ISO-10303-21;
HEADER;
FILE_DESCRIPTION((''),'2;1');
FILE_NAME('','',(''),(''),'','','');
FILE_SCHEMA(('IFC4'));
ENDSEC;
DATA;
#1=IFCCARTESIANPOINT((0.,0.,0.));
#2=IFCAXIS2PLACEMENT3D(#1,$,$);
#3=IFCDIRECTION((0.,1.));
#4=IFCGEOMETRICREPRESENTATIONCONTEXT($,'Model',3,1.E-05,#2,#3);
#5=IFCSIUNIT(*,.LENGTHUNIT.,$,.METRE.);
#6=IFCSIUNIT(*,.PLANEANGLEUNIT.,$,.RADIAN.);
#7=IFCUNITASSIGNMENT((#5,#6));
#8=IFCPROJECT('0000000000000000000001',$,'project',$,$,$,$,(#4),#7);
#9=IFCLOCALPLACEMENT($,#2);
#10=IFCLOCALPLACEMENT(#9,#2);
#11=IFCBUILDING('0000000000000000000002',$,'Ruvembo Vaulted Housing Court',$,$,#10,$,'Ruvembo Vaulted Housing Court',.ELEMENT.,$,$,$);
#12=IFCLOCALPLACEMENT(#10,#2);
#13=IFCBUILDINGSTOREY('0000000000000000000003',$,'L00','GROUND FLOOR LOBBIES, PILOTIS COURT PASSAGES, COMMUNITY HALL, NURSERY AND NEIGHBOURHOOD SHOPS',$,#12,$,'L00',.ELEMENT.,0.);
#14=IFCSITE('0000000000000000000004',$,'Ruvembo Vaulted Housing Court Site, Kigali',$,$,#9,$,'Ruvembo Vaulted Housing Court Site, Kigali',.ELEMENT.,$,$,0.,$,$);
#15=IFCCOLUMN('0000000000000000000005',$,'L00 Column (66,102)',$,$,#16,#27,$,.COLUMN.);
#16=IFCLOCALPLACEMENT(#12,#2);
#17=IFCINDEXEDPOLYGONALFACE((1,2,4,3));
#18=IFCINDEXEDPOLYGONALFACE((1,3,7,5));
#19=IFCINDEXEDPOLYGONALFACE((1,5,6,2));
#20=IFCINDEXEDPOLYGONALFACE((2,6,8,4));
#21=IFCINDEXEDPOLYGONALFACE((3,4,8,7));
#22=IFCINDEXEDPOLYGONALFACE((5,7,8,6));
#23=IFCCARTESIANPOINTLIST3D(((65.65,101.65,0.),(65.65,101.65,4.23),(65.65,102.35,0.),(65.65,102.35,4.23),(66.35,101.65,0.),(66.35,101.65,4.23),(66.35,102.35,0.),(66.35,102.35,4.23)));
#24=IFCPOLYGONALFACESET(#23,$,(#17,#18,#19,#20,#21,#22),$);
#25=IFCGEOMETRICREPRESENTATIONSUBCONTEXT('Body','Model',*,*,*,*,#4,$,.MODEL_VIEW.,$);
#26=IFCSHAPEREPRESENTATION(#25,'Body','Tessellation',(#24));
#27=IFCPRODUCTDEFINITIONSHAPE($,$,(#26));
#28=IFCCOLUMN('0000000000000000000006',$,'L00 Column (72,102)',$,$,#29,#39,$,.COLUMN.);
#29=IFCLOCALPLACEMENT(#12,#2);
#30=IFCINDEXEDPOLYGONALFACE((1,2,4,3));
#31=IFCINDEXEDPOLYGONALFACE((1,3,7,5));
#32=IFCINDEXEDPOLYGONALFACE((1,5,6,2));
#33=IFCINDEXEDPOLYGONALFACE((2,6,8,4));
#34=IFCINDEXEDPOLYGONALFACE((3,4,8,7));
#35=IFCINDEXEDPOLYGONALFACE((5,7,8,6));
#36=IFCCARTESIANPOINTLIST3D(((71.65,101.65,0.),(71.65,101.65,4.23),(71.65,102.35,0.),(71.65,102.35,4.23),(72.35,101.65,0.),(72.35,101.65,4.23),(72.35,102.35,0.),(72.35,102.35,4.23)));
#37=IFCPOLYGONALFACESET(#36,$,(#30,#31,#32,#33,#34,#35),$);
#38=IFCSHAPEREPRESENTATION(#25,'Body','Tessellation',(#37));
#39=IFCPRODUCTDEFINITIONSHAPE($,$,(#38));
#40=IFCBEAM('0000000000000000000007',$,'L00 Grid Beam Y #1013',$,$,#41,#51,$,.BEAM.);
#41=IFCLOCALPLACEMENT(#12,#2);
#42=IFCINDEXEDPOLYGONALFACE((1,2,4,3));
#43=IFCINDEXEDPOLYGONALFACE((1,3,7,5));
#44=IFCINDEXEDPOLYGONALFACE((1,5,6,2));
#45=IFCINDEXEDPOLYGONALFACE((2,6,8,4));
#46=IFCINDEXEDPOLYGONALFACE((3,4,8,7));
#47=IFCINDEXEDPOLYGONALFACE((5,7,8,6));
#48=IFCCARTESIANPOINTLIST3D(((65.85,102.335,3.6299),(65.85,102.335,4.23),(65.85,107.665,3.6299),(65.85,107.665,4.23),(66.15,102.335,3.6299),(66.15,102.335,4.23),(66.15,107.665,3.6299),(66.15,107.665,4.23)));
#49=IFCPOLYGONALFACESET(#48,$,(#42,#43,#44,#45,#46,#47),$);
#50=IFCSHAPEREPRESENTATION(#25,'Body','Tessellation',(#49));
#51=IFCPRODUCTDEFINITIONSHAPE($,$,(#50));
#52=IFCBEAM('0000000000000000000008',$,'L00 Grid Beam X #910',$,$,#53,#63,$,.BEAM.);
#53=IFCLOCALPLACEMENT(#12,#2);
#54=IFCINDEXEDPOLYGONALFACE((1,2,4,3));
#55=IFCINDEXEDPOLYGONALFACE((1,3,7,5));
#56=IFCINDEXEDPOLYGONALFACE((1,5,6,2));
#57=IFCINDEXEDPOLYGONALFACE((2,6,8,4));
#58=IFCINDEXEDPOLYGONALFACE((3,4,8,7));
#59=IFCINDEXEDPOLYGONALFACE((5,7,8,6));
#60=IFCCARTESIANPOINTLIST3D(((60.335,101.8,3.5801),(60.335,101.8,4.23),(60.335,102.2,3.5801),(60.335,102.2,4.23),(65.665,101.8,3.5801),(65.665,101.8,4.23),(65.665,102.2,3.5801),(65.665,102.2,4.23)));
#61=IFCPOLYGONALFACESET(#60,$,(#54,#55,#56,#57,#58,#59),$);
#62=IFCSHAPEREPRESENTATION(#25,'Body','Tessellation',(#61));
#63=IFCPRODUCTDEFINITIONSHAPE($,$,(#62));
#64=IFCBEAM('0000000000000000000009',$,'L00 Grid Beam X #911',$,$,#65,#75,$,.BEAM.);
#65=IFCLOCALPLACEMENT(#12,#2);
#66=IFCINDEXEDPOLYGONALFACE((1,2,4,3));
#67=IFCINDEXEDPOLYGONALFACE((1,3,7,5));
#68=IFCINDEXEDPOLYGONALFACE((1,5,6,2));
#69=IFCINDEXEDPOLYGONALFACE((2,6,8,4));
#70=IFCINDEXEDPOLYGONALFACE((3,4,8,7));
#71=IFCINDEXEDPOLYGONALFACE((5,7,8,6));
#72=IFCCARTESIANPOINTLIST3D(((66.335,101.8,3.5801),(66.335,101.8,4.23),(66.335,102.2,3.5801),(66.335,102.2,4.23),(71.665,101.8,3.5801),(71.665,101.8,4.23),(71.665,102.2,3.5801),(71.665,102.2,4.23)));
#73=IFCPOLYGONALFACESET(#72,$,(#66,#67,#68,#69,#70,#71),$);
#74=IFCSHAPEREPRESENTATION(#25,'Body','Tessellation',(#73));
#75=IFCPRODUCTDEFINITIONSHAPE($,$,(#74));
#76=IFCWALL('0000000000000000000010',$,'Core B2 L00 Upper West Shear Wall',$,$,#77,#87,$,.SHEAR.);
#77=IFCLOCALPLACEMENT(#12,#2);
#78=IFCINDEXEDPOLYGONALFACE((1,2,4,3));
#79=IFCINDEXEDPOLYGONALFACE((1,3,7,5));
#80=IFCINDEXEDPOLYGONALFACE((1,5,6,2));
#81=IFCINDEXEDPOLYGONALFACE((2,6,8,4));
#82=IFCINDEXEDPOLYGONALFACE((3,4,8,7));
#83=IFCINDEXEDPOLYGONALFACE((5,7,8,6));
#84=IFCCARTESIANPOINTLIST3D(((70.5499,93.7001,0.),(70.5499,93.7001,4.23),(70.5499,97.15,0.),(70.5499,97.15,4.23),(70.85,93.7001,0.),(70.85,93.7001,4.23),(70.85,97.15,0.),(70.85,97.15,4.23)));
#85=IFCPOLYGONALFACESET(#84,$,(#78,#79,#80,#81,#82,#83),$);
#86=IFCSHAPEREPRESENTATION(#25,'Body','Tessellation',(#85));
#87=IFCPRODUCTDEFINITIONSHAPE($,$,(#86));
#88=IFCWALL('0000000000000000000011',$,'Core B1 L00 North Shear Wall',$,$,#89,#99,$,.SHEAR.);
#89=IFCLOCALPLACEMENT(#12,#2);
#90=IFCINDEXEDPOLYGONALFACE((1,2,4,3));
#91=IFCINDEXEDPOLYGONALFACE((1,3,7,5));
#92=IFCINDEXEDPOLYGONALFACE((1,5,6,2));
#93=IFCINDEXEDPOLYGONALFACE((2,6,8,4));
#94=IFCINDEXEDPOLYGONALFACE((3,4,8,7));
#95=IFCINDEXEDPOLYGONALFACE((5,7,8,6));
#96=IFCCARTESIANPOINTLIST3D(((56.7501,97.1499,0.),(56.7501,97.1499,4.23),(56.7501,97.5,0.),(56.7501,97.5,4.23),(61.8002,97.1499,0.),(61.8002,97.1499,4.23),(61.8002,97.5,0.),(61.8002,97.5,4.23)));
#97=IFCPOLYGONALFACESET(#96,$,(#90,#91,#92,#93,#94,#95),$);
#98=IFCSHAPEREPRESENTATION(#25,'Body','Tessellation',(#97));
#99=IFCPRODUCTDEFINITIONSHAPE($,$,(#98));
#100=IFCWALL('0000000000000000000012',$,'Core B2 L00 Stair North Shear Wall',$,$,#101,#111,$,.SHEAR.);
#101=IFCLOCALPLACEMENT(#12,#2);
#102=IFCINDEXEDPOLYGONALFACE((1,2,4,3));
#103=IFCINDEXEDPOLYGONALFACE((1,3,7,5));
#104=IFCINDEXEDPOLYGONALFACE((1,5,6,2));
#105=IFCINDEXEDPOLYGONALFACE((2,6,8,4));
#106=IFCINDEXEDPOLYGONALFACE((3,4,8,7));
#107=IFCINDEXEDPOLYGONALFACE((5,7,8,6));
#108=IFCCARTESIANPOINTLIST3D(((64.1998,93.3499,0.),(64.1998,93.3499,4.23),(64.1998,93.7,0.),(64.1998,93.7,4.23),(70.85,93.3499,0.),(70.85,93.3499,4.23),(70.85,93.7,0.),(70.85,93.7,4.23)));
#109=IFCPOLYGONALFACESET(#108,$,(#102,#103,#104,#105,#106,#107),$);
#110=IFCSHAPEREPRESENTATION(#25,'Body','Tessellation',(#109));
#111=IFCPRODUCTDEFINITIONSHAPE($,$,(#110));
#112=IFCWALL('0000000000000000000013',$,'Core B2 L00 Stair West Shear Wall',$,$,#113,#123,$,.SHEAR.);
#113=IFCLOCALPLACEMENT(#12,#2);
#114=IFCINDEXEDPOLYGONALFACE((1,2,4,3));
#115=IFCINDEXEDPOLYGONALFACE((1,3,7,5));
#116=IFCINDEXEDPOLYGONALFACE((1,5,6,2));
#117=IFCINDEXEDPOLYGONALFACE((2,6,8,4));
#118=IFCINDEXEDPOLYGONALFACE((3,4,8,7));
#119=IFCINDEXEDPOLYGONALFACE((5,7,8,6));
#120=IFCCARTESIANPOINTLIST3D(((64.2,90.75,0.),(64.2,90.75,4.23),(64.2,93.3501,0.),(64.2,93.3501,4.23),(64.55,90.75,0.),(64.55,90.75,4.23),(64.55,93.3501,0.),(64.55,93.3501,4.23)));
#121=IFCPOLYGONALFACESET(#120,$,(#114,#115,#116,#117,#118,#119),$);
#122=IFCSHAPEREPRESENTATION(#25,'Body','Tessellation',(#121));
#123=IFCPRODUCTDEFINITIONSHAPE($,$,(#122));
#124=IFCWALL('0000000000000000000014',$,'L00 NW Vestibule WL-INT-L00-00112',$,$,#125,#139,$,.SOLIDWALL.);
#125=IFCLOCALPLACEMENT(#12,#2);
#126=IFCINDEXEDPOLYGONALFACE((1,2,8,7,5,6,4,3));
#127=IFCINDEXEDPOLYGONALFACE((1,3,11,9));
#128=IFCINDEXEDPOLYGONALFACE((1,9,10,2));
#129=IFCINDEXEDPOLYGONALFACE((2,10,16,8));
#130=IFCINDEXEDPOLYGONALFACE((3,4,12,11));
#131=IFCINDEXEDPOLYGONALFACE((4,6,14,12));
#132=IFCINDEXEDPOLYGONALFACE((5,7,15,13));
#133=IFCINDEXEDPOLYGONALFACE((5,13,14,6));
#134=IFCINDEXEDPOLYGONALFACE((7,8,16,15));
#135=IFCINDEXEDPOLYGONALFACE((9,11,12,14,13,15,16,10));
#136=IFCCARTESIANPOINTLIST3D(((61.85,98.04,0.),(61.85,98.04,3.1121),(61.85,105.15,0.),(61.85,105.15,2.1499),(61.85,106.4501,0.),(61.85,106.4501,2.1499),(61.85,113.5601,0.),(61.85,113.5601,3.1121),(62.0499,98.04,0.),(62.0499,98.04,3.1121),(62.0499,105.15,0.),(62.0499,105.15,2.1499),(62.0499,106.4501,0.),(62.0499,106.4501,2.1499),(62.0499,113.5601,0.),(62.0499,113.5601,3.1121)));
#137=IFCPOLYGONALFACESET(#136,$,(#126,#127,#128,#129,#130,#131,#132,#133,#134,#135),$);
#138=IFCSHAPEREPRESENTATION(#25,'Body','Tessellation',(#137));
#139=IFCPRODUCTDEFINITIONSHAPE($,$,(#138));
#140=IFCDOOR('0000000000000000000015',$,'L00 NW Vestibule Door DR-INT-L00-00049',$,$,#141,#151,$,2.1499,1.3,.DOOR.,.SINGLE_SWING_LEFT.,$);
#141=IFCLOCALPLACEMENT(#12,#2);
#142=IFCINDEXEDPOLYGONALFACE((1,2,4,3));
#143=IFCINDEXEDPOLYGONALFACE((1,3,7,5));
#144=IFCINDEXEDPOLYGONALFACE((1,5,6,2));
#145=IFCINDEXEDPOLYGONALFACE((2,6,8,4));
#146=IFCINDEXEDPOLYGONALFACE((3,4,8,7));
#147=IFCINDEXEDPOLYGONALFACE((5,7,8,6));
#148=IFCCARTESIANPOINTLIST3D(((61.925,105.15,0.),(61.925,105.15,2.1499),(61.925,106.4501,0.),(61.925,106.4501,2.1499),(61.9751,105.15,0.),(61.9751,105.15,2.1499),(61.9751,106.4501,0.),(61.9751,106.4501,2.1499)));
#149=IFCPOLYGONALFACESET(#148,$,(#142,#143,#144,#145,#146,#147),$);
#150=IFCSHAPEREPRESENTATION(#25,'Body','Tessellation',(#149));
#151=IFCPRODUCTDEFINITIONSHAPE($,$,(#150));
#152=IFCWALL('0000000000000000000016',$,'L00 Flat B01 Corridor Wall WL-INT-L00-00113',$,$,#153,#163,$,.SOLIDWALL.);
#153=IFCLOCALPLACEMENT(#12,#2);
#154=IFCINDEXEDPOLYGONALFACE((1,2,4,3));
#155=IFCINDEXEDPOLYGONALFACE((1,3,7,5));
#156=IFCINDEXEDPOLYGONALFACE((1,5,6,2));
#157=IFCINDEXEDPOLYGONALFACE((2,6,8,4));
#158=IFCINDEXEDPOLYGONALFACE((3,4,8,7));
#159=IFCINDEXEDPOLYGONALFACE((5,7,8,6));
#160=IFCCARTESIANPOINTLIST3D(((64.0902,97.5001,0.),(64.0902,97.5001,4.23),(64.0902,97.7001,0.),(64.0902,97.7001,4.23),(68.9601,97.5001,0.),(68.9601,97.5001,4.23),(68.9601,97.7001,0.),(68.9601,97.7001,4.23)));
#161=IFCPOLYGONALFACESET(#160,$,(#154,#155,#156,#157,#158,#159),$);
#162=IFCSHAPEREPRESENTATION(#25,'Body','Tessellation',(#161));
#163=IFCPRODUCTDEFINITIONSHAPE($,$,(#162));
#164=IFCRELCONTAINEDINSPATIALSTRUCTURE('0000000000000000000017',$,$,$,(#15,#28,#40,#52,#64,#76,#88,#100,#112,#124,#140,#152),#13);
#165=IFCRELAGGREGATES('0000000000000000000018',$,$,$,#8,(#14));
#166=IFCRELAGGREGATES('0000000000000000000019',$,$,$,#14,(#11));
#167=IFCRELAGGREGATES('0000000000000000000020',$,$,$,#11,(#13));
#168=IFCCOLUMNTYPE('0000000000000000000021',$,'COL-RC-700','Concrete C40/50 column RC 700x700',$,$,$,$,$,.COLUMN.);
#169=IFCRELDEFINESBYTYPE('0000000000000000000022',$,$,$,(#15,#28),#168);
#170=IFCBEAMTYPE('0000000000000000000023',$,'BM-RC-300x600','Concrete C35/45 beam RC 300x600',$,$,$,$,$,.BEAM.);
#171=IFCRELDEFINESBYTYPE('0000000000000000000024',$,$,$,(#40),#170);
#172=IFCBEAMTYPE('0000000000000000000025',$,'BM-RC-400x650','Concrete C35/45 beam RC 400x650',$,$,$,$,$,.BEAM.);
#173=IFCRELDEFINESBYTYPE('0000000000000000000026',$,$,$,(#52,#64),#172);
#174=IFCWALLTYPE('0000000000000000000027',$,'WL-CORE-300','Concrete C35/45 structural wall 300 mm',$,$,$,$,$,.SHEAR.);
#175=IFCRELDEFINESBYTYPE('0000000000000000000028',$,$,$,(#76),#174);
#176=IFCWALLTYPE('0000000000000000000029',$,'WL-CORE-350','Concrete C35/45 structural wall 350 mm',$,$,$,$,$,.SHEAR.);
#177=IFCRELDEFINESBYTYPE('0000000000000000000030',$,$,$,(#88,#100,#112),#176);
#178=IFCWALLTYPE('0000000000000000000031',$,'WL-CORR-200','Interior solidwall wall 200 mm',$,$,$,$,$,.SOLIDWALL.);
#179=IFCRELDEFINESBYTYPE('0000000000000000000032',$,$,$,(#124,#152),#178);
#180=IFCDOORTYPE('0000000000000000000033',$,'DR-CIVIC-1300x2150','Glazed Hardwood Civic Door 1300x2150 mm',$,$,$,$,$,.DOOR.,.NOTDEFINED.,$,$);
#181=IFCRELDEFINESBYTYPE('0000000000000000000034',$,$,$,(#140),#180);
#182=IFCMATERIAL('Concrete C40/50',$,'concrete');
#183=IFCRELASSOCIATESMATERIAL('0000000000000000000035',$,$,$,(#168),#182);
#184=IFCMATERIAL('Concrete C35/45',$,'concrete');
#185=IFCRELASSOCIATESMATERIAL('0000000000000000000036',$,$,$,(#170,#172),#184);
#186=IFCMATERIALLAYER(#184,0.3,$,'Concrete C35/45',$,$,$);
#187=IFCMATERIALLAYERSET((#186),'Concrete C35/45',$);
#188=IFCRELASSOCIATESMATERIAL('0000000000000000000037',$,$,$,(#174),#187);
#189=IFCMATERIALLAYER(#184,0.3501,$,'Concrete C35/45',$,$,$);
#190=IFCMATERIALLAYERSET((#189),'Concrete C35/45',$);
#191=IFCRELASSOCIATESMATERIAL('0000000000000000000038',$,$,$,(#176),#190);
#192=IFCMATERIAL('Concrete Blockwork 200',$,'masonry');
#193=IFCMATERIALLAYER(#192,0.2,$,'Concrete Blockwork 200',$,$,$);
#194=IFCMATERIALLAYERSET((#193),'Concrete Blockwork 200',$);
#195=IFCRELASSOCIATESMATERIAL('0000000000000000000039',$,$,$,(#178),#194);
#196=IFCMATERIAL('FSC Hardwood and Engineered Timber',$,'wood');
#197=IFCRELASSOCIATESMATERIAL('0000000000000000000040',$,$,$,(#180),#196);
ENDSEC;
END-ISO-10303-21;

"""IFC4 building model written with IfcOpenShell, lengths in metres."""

from ifc_helpers import new_model, si_unit, direction, frame, frame_2d, origin, origin_2d, place, context, subcontext, project, spatial, rectangle, extrude, material, layer, layer_set, material_profile, profile_set, type_object, element, fill, save


model = new_model("IFC4")

# Units and contexts
model_context = context("Model", 3, precision=1e-05, world=origin(), true_north=direction((0.0, 1.0)))
body_context = subcontext(model_context, "Body", "Model", "MODEL_VIEW")
ifc_project = project(units=[si_unit("LENGTHUNIT", "METRE"), si_unit("PLANEANGLEUNIT", "RADIAN")], contexts=[model_context])

# Site, building, storey
site_placement = place(None, origin())
site = spatial("IfcSite", under=ifc_project, at=site_placement, Name="Ruvembo Vaulted Housing Court Site, Kigali", LongName="Ruvembo Vaulted Housing Court Site, Kigali", CompositionType="ELEMENT", RefElevation=0.0)
building_placement = place(site_placement, origin())
building = spatial("IfcBuilding", under=site, at=building_placement, Name="Ruvembo Vaulted Housing Court", LongName="Ruvembo Vaulted Housing Court", CompositionType="ELEMENT")
storey_placement = place(building_placement, origin())
storey = spatial("IfcBuildingStorey", under=building, at=storey_placement, Name="L00", Description="GROUND FLOOR LOBBIES, PILOTIS COURT PASSAGES, COMMUNITY HALL, NURSERY AND NEIGHBOURHOOD SHOPS", LongName="L00", CompositionType="ELEMENT", Elevation=0.0)

# Columns
ifc_material_1 = material(Name="Concrete C40/50", Category="concrete")
ifc_material_profile_1 = material_profile(ifc_material_1, rectangle(XDim=0.7, YDim=0.7, at=origin_2d()), Name="RC 700x700")
ifc_profile_set_1 = profile_set([ifc_material_profile_1], Name="Concrete C40/50")
column_type = type_object("IfcColumnType", Name="COL-RC-700", Description="Concrete C40/50 column RC 700x700", PredefinedType="COLUMN", material=ifc_profile_set_1)
for number, where, z_axis, x_axis, name in (
    (1, (66.0, 102.0, 0.0), (0.0, 0.0, 1.0), (1.0, 0.0, 0.0), "L00 Column (66,102)"),
    (2, (72.0, 102.0, 0.0), (0.0, 0.0, 1.0), (1.0, 0.0, 0.0), "L00 Column (72,102)"),
):
    element("IfcColumn", number, at=place(storey_placement, frame(where, z_axis=z_axis, x_axis=x_axis)), inside=storey, type_object=column_type, Name=name, PredefinedType="COLUMN", context=body_context, shape_type="SweptSolid", body=[
        extrude(rectangle(XDim=0.7, YDim=0.7, at=origin_2d()), origin(), (0.0, 0.0, 1.0), 4.23),
    ])

# Beams
ifc_material_2 = material(Name="Concrete C35/45", Category="concrete")
ifc_material_profile_2 = material_profile(ifc_material_2, rectangle(XDim=0.3, YDim=0.6001, at=origin_2d()), Name="RC 300x600")
ifc_profile_set_2 = profile_set([ifc_material_profile_2], Name="Concrete C35/45")
beam_type_1 = type_object("IfcBeamType", Name="BM-RC-300x600", Description="Concrete C35/45 beam RC 300x600", PredefinedType="BEAM", material=ifc_profile_set_2)
beam_placement = place(storey_placement, frame((66.0, 102.335, 3.9299), z_axis=(0.0, 1.0, 0.0), x_axis=(-1.0, 0.0, 0.0)))
element("IfcBeam", 3, at=beam_placement, inside=storey, type_object=beam_type_1, Name="L00 Grid Beam Y #1013", PredefinedType="BEAM", context=body_context, shape_type="SweptSolid", body=[
    extrude(rectangle(XDim=0.3, YDim=0.6001, at=origin_2d()), origin(), (0.0, 0.0, 1.0), 5.3301),
])
ifc_material_profile_3 = material_profile(ifc_material_2, rectangle(XDim=0.3999, YDim=0.6499, at=origin_2d()), Name="RC 400x650")
ifc_profile_set_3 = profile_set([ifc_material_profile_3], Name="Concrete C35/45")
beam_type_2 = type_object("IfcBeamType", Name="BM-RC-400x650", Description="Concrete C35/45 beam RC 400x650", PredefinedType="BEAM", material=ifc_profile_set_3)
for number, where, z_axis, x_axis, name in (
    (4, (60.335, 102.0, 3.905), (1.0, 0.0, 0.0), (0.0, 1.0, 0.0), "L00 Grid Beam X #910"),
    (5, (66.335, 102.0, 3.905), (1.0, 0.0, 0.0), (0.0, 1.0, 0.0), "L00 Grid Beam X #911"),
):
    element("IfcBeam", number, at=place(storey_placement, frame(where, z_axis=z_axis, x_axis=x_axis)), inside=storey, type_object=beam_type_2, Name=name, PredefinedType="BEAM", context=body_context, shape_type="SweptSolid", body=[
        extrude(rectangle(XDim=0.3999, YDim=0.6499, at=origin_2d()), origin(), (0.0, 0.0, 1.0), 5.3301),
    ])

# Walls
ifc_layer_1 = layer(ifc_material_2, 0.3, Name="Concrete C35/45")
ifc_layer_set_1 = layer_set([ifc_layer_1], Name="Concrete C35/45")
wall_type_1 = type_object("IfcWallType", Name="WL-CORE-300", Description="Concrete C35/45 structural wall 300 mm", PredefinedType="SHEAR", material=ifc_layer_set_1)
wall_1_placement = place(storey_placement, frame((70.7, 93.7, 0.0), z_axis=(0.0, 0.0, 1.0), x_axis=(0.0, 1.0, 0.0)))
element("IfcWall", 6, at=wall_1_placement, inside=storey, type_object=wall_type_1, Name="Core B2 L00 Upper West Shear Wall", PredefinedType="SHEAR", context=body_context, shape_type="SweptSolid", body=[
    extrude(rectangle(XDim=3.45, YDim=0.3, at=frame_2d((1.7251, 0.0))), origin(), (0.0, 0.0, 1.0), 4.23),
])
ifc_layer_2 = layer(ifc_material_2, 0.3501, Name="Concrete C35/45")
ifc_layer_set_2 = layer_set([ifc_layer_2], Name="Concrete C35/45")
wall_type_2 = type_object("IfcWallType", Name="WL-CORE-350", Description="Concrete C35/45 structural wall 350 mm", PredefinedType="SHEAR", material=ifc_layer_set_2)
wall_2_placement = place(storey_placement, frame((61.8, 97.325, 0.0), z_axis=(0.0, 0.0, 1.0), x_axis=(-1.0, 0.0, 0.0)))
element("IfcWall", 7, at=wall_2_placement, inside=storey, type_object=wall_type_2, Name="Core B1 L00 North Shear Wall", PredefinedType="SHEAR", context=body_context, shape_type="SweptSolid", body=[
    extrude(rectangle(XDim=5.05, YDim=0.3501, at=frame_2d((2.5249, 0.0))), origin(), (0.0, 0.0, 1.0), 4.23),
])
wall_3_placement = place(storey_placement, frame((70.8501, 93.5249, 0.0), z_axis=(0.0, 0.0, 1.0), x_axis=(-1.0, 0.0, 0.0)))
element("IfcWall", 8, at=wall_3_placement, inside=storey, type_object=wall_type_2, Name="Core B2 L00 Stair North Shear Wall", PredefinedType="SHEAR", context=body_context, shape_type="SweptSolid", body=[
    extrude(rectangle(XDim=6.6501, YDim=0.3501, at=frame_2d((3.3252, 0.0))), origin(), (0.0, 0.0, 1.0), 4.23),
])
wall_4_placement = place(storey_placement, frame((64.375, 93.3501, 0.0), z_axis=(0.0, 0.0, 1.0), x_axis=(0.0, -1.0, 0.0)))
element("IfcWall", 9, at=wall_4_placement, inside=storey, type_object=wall_type_2, Name="Core B2 L00 Stair West Shear Wall", PredefinedType="SHEAR", context=body_context, shape_type="SweptSolid", body=[
    extrude(rectangle(XDim=2.6001, YDim=0.3501, at=frame_2d((1.3, 0.0))), origin(), (0.0, 0.0, 1.0), 4.23),
])

# Wall, opening, door
ifc_material_3 = material(Name="Concrete Blockwork 200", Category="masonry")
ifc_layer_3 = layer(ifc_material_3, 0.2, Name="Concrete Blockwork 200")
ifc_layer_set_3 = layer_set([ifc_layer_3], Name="Concrete Blockwork 200")
wall_type_3 = type_object("IfcWallType", Name="WL-CORR-200", Description="Interior solidwall wall 200 mm", PredefinedType="SOLIDWALL", material=ifc_layer_set_3)
wall_5_placement = place(storey_placement, frame((61.95, 98.04, 0.0), z_axis=(0.0, 0.0, 1.0), x_axis=(0.0, 1.0, 0.0)))
wall_5 = element("IfcWall", 10, at=wall_5_placement, inside=storey, type_object=wall_type_3, Name="L00 NW Vestibule WL-INT-L00-00112", PredefinedType="SOLIDWALL", context=body_context, shape_type="SweptSolid", body=[
    extrude(rectangle(XDim=15.52, YDim=0.2, at=frame_2d((7.76, 0.0))), origin(), (0.0, 0.0, 1.0), 3.1121),
])
opening_1_placement = place(wall_5_placement, frame((7.1101, 0.0, 0.0)))
opening_1 = element("IfcOpeningElement", 11, at=opening_1_placement, cuts=wall_5, PredefinedType="OPENING", context=body_context, shape_type="SweptSolid", body=[
    extrude(rectangle(XDim=1.3, YDim=2.1499, at=frame_2d((0.6499, 1.075))), frame((0.0, 0.1099, 0.0), z_axis=(0.0, -1.0, 0.0), x_axis=(1.0, 0.0, 0.0)), (0.0, 0.0, 1.0), 0.22),
])
ifc_material_4 = material(Name="FSC Hardwood and Engineered Timber", Category="wood")
door_type_1 = type_object("IfcDoorType", Name="DR-CIVIC-1300x2150", Description="Glazed Hardwood Civic Door 1300x2150 mm", OperationType="NOTDEFINED", PredefinedType="DOOR", material=ifc_material_4)
door_1_placement = place(opening_1_placement, origin())
door_1 = element("IfcDoor", 12, at=door_1_placement, inside=storey, type_object=door_type_1, Name="L00 NW Vestibule Door DR-INT-L00-00049", OperationType="SINGLE_SWING_LEFT", OverallHeight=2.1499, OverallWidth=1.3, PredefinedType="DOOR", context=body_context, shape_type="SweptSolid", body=[
    extrude(rectangle(XDim=1.3, YDim=2.1499, at=frame_2d((0.6499, 1.075))), frame((0.0, 0.0249, 0.0), z_axis=(0.0, -1.0, 0.0), x_axis=(1.0, 0.0, 0.0)), (0.0, 0.0, 1.0), 0.05),
])
fill(opening_1, door_1)

# Wall
wall_6_placement = place(storey_placement, frame((64.0901, 97.6001, 0.0), z_axis=(0.0, 0.0, 1.0), x_axis=(1.0, 0.0, 0.0)))
element("IfcWall", 13, at=wall_6_placement, inside=storey, type_object=wall_type_3, Name="L00 Flat B01 Corridor Wall WL-INT-L00-00113", PredefinedType="SOLIDWALL", context=body_context, shape_type="SweptSolid", body=[
    extrude(rectangle(XDim=4.8699, YDim=0.2, at=frame_2d((2.4351, 0.0))), origin(), (0.0, 0.0, 1.0), 4.23),
])

save(model, "model.ifc")
